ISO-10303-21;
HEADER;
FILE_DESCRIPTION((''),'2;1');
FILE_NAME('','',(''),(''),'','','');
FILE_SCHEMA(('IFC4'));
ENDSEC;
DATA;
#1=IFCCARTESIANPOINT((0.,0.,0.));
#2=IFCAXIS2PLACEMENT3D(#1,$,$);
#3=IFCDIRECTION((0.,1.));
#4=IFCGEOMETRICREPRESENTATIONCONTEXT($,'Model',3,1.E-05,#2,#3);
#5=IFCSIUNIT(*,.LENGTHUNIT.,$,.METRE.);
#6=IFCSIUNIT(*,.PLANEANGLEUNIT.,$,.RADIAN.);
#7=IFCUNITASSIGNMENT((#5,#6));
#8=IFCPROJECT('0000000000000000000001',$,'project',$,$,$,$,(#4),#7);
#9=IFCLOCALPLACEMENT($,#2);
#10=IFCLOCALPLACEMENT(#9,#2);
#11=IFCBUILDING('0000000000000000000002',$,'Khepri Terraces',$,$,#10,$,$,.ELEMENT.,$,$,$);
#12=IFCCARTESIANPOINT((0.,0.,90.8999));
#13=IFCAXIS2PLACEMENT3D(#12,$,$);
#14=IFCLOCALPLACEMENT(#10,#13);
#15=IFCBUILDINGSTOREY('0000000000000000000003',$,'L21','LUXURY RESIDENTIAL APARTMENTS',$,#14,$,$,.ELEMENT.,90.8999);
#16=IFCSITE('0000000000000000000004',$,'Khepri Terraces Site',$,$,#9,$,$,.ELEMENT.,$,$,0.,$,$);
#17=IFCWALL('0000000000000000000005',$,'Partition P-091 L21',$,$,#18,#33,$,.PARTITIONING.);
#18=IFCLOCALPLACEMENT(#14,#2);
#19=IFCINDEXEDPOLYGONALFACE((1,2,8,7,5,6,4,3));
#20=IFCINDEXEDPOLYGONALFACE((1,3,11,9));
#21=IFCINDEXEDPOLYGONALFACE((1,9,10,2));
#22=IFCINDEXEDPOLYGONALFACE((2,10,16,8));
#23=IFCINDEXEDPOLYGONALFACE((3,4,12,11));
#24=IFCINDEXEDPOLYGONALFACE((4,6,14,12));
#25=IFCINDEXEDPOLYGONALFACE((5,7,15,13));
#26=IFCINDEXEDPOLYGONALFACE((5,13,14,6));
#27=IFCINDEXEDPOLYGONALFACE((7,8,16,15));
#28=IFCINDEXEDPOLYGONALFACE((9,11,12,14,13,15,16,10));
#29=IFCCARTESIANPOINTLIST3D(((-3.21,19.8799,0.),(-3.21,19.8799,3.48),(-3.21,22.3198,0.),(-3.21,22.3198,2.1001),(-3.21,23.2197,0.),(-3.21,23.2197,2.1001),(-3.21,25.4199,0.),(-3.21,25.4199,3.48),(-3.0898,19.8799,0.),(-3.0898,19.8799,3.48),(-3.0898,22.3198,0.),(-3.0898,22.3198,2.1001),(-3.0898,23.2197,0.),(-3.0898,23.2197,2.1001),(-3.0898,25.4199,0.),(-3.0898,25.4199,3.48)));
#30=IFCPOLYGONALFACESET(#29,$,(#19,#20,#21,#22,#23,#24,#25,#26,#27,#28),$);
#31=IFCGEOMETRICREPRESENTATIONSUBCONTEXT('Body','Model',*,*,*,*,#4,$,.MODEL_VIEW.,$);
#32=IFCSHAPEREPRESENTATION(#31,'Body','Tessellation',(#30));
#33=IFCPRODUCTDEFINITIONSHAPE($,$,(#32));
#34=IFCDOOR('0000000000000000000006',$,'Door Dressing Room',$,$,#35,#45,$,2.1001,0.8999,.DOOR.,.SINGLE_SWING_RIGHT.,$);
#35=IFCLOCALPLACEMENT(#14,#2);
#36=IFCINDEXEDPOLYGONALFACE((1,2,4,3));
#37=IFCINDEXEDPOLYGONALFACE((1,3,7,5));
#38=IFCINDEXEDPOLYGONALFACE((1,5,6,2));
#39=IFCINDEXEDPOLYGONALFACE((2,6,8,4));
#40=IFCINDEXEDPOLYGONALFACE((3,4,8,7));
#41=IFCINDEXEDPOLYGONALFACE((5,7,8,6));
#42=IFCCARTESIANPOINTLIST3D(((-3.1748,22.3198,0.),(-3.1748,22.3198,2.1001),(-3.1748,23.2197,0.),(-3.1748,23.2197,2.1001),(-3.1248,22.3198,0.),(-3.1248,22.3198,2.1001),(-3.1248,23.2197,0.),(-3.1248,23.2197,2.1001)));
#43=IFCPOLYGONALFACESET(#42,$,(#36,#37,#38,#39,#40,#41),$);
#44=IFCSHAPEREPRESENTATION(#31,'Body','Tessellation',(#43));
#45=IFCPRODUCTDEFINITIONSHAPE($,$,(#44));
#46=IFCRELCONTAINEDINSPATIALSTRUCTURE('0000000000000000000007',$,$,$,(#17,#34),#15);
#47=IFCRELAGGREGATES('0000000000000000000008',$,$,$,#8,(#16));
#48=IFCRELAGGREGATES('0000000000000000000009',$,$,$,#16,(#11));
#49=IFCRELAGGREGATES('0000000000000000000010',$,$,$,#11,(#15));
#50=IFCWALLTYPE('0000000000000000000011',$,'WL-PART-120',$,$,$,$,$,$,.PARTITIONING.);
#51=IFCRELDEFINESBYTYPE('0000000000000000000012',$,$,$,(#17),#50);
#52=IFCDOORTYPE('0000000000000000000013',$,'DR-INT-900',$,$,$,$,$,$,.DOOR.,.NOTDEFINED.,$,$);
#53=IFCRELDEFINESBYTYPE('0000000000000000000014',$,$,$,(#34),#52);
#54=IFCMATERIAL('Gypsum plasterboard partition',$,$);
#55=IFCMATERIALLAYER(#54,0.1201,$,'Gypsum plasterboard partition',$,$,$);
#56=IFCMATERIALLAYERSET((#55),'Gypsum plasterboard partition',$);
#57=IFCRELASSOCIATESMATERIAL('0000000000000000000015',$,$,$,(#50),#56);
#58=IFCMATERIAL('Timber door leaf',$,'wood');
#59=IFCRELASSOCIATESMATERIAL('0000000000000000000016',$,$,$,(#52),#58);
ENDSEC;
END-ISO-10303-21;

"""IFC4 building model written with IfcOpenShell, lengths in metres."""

from ifc_helpers import new_model, si_unit, direction, frame, frame_2d, origin, place, context, subcontext, project, spatial, rectangle, extrude, material, layer, layer_set, type_object, element, fill, save


model = new_model("IFC4")

# Units and contexts
model_context = context("Model", 3, precision=1e-05, world=origin(), true_north=direction((0.0, 1.0)))
body_context = subcontext(model_context, "Body", "Model", "MODEL_VIEW")
ifc_project = project(units=[si_unit("LENGTHUNIT", "METRE"), si_unit("PLANEANGLEUNIT", "RADIAN")], contexts=[model_context])

# Site, building, storey
site_placement = place(None, origin())
site = spatial("IfcSite", under=ifc_project, at=site_placement, Name="Khepri Terraces Site", CompositionType="ELEMENT", RefElevation=0.0)
building_placement = place(site_placement, origin())
building = spatial("IfcBuilding", under=site, at=building_placement, Name="Khepri Terraces", CompositionType="ELEMENT")
storey_placement = place(building_placement, frame((0.0, 0.0, 90.8999)))
storey = spatial("IfcBuildingStorey", under=building, at=storey_placement, Name="L21", Description="LUXURY RESIDENTIAL APARTMENTS", CompositionType="ELEMENT", Elevation=90.8999)

# Shared definitions
ifc_material_1 = material(Name="Gypsum plasterboard partition")
ifc_layer_1 = layer(ifc_material_1, 0.1201, Name="Gypsum plasterboard partition")
ifc_layer_set_1 = layer_set([ifc_layer_1], Name="Gypsum plasterboard partition")
wall_type_1 = type_object("IfcWallType", Name="WL-PART-120", PredefinedType="PARTITIONING", material=ifc_layer_set_1)

# Wall, opening, door
wall_1_placement = place(storey_placement, frame((-3.1499, 19.8799, 0.0), z_axis=(0.0, 0.0, 1.0), x_axis=(0.0, 1.0, 0.0)))
wall_1 = element("IfcWall", 1, at=wall_1_placement, inside=storey, type_object=wall_type_1, Name="Partition P-091 L21", PredefinedType="PARTITIONING", context=body_context, shape_type="SweptSolid", body=[
    extrude(rectangle(XDim=5.54, YDim=0.1201, at=frame_2d((2.77, 0.0))), origin(), (0.0, 0.0, 1.0), 3.48),
])
opening_1_placement = place(wall_1_placement, frame((2.4399, 0.0, 0.0)))
opening_1 = element("IfcOpeningElement", 2, at=opening_1_placement, cuts=wall_1, PredefinedType="OPENING", context=body_context, shape_type="SweptSolid", body=[
    extrude(rectangle(XDim=0.8999, YDim=2.1001, at=frame_2d((0.45, 1.05))), frame((0.0, 0.0701, 0.0), z_axis=(0.0, -1.0, 0.0), x_axis=(1.0, 0.0, 0.0)), (0.0, 0.0, 1.0), 0.1401),
])
ifc_material_2 = material(Name="Timber door leaf", Category="wood")
door_type_1 = type_object("IfcDoorType", Name="DR-INT-900", OperationType="NOTDEFINED", PredefinedType="DOOR", material=ifc_material_2)
door_1_placement = place(opening_1_placement, origin())
door_1 = element("IfcDoor", 3, at=door_1_placement, inside=storey, type_object=door_type_1, Name="Door Dressing Room", OperationType="SINGLE_SWING_RIGHT", OverallHeight=2.1001, OverallWidth=0.8999, PredefinedType="DOOR", context=body_context, shape_type="SweptSolid", body=[
    extrude(rectangle(XDim=0.8999, YDim=2.1001, at=frame_2d((0.45, 1.05))), frame((0.0, 0.0249, 0.0), z_axis=(0.0, -1.0, 0.0), x_axis=(1.0, 0.0, 0.0)), (0.0, 0.0, 1.0), 0.05),
])
fill(opening_1, door_1)

save(model, "model.ifc")
